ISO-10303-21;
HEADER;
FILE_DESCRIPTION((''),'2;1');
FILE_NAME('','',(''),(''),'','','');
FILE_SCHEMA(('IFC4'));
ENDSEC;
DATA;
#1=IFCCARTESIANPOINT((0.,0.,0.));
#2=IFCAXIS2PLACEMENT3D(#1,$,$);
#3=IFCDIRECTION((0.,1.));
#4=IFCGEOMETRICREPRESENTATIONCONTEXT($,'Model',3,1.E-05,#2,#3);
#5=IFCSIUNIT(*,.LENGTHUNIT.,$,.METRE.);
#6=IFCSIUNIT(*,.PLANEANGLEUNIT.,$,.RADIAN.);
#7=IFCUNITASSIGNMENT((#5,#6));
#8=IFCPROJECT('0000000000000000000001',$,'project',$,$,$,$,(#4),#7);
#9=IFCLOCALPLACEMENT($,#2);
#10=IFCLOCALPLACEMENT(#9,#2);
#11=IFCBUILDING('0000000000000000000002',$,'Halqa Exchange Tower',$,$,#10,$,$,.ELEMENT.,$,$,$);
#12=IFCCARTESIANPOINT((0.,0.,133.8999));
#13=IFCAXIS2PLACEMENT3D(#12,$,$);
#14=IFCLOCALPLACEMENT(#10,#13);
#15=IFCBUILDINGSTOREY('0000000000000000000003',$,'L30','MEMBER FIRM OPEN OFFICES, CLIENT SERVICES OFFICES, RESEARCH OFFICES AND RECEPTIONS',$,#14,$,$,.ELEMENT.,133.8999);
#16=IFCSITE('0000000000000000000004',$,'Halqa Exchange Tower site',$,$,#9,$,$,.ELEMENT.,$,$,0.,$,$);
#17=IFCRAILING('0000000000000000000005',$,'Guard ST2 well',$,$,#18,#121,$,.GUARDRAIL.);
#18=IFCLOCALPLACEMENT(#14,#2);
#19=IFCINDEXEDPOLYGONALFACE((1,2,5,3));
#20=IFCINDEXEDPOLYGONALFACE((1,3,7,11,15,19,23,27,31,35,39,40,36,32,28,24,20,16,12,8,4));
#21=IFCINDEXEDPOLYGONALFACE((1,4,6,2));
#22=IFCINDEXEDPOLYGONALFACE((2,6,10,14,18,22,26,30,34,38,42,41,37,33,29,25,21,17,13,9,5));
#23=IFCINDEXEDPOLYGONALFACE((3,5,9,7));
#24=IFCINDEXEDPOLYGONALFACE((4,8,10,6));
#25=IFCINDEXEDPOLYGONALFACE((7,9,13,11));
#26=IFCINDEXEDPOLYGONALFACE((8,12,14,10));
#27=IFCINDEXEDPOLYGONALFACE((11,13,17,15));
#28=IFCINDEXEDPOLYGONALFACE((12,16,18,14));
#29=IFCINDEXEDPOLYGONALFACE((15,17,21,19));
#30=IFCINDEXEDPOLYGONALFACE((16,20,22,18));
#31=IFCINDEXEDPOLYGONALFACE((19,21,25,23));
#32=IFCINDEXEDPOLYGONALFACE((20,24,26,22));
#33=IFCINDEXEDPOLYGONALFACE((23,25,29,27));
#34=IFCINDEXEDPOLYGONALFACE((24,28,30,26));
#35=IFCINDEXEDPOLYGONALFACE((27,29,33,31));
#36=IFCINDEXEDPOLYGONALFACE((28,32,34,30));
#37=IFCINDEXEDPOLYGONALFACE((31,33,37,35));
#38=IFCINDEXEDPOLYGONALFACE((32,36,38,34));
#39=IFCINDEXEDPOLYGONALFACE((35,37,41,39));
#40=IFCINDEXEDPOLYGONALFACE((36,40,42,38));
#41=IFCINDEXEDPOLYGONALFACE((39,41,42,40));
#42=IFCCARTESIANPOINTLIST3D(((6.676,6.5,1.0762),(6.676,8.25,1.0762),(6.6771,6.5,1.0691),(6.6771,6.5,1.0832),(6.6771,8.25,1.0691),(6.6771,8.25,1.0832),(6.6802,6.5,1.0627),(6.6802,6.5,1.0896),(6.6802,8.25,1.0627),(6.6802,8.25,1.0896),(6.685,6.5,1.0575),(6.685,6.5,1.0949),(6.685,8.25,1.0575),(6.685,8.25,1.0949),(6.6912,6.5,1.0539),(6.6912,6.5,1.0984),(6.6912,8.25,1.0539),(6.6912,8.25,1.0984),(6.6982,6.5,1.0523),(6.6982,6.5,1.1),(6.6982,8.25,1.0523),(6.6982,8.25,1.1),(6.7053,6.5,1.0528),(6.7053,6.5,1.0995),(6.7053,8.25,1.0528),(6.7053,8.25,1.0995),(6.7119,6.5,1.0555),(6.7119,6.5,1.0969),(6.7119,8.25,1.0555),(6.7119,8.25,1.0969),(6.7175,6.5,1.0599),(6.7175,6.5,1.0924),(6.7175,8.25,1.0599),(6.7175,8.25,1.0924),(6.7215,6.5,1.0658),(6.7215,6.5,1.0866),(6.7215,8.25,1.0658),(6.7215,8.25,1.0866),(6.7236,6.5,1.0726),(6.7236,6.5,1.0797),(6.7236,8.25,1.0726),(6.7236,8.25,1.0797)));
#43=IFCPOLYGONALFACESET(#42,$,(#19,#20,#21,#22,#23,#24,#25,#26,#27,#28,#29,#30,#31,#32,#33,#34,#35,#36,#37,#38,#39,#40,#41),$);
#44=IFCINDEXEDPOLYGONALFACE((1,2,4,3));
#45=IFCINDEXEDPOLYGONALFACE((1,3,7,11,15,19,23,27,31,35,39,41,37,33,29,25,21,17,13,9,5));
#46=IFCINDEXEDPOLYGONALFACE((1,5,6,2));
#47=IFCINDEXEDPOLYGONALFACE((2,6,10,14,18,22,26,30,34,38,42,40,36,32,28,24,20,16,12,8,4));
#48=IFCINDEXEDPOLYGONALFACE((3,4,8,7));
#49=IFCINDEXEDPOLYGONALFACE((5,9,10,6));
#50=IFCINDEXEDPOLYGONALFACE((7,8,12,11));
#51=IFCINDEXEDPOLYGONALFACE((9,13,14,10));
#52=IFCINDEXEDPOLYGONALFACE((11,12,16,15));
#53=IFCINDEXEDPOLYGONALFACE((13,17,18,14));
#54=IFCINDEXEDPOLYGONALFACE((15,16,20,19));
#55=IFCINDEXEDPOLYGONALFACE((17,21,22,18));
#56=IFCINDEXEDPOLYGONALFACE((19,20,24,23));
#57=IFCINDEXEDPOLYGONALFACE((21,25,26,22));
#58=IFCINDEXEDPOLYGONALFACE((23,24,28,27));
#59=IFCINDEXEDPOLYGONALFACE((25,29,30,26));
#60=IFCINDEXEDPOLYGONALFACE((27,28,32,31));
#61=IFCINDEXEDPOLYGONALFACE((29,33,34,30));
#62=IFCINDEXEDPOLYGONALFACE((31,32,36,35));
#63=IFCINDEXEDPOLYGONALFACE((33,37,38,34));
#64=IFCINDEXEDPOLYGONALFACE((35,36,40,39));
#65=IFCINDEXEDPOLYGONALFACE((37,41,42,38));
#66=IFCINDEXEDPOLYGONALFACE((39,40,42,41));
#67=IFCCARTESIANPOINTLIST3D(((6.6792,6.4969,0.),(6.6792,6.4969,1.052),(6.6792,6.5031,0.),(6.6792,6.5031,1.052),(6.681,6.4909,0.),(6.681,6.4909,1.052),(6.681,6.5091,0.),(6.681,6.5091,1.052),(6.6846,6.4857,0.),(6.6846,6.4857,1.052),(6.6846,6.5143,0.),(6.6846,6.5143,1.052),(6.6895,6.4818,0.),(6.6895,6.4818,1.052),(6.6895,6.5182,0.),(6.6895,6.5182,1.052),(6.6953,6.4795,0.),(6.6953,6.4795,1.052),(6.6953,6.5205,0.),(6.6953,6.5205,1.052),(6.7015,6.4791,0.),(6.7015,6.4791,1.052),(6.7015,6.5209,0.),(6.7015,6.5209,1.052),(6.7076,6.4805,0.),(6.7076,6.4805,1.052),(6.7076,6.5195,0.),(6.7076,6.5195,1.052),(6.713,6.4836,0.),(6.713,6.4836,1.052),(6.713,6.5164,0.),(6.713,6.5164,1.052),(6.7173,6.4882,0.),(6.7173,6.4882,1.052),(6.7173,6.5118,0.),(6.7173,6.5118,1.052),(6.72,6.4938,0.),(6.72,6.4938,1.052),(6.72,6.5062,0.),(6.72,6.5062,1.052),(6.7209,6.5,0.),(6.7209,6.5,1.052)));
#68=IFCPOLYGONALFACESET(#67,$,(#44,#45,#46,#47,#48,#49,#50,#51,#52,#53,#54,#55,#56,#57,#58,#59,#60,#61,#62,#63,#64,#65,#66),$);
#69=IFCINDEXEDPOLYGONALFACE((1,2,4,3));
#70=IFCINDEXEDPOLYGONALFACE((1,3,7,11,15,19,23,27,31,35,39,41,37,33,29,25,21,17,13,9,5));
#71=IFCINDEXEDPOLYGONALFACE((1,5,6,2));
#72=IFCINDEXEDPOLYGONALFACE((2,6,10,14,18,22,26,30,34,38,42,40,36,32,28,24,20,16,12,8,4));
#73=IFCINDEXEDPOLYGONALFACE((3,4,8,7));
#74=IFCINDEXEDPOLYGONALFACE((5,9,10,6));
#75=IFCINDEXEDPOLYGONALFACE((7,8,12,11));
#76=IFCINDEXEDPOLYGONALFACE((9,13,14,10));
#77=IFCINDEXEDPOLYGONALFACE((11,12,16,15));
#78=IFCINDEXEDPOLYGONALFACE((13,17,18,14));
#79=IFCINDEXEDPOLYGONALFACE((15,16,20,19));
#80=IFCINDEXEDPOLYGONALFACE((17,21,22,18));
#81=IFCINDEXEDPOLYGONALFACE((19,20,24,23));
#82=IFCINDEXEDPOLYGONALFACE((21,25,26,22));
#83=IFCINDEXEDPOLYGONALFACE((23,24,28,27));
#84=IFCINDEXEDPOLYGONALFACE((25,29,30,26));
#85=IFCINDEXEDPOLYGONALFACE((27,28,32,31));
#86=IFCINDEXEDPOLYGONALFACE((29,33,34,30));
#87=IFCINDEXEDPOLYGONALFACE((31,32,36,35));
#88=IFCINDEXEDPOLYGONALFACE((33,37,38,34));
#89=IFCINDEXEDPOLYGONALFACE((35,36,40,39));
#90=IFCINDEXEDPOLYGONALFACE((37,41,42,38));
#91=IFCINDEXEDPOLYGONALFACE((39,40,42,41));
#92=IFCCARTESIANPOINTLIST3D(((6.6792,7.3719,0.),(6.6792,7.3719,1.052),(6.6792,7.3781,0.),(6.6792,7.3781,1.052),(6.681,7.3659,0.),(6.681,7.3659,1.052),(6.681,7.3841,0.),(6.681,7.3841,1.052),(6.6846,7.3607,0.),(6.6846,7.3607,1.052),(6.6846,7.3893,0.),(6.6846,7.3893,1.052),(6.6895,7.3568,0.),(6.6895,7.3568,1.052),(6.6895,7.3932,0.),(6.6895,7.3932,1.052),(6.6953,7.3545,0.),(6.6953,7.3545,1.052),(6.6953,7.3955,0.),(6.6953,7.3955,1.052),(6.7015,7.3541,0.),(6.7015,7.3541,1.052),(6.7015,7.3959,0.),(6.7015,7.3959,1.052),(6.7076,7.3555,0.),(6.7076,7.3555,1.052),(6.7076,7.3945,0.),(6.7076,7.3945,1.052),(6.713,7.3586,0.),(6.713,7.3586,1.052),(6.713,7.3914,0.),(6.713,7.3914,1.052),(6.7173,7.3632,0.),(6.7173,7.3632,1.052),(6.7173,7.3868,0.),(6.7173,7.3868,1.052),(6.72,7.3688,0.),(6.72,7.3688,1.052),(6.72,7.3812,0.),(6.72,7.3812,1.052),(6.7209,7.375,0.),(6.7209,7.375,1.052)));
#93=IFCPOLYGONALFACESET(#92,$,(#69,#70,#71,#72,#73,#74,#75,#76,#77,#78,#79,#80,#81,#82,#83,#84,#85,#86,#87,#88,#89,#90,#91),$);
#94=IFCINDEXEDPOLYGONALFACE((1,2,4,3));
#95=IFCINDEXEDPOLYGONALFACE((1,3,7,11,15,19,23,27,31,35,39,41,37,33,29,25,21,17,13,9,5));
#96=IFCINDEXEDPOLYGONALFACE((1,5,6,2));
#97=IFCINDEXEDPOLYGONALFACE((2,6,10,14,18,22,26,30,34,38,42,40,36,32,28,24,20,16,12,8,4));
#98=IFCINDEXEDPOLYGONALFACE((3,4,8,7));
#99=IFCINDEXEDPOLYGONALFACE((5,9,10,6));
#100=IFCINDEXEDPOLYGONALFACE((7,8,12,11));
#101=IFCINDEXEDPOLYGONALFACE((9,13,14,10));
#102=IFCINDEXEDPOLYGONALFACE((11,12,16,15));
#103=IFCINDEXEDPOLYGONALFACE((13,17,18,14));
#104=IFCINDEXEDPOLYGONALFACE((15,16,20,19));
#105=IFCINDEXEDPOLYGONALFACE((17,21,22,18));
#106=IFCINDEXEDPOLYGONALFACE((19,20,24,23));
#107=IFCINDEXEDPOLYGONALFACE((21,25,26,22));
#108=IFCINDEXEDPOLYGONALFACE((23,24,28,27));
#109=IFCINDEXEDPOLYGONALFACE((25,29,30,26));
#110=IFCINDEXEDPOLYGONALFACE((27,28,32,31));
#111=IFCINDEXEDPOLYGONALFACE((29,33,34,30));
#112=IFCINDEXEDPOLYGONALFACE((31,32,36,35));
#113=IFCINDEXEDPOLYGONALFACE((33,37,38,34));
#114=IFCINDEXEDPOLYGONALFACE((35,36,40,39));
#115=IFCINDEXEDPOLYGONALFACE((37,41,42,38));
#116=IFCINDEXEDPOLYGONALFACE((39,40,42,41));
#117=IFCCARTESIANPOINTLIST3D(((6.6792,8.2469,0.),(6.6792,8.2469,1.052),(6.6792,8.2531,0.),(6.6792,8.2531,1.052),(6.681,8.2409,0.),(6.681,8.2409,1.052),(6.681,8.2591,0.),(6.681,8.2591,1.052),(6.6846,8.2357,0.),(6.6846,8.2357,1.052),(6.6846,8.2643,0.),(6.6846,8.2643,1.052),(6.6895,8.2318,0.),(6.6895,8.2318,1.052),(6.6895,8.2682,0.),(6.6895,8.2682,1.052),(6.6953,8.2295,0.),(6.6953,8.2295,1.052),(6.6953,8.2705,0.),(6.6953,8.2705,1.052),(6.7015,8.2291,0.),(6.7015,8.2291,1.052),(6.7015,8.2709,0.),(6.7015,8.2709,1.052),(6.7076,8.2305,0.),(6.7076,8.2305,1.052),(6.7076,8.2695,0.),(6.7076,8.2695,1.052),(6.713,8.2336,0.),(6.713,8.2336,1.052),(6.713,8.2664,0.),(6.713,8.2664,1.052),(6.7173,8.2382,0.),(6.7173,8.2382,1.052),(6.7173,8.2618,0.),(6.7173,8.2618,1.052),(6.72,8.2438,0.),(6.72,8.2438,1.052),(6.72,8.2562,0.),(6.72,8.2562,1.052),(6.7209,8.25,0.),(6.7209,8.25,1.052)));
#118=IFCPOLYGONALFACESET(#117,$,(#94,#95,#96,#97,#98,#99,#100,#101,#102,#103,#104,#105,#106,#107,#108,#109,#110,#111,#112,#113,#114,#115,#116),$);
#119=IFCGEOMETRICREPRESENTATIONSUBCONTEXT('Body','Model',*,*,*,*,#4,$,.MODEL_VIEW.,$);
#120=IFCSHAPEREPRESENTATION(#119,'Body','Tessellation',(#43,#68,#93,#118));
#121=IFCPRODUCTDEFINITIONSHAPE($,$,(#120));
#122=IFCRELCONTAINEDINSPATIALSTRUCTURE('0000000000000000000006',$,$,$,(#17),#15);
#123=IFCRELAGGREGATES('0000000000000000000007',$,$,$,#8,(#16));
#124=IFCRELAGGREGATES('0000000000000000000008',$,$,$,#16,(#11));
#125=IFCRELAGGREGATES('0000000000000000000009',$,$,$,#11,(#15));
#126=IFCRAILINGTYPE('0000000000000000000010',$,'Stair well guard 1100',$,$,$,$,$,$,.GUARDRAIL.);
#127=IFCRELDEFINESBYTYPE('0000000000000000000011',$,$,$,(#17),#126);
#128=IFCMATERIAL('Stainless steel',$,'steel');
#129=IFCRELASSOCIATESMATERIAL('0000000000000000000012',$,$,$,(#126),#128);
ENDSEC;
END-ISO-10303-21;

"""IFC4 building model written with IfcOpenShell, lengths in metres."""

from ifc_helpers import new_model, si_unit, direction, frame, origin, origin_2d, place, context, subcontext, project, spatial, circle, extrude, material, type_object, element, save


model = new_model("IFC4")

# Units and contexts
model_context = context("Model", 3, precision=1e-05, world=origin(), true_north=direction((0.0, 1.0)))
body_context = subcontext(model_context, "Body", "Model", "MODEL_VIEW")
ifc_project = project(units=[si_unit("LENGTHUNIT", "METRE"), si_unit("PLANEANGLEUNIT", "RADIAN")], contexts=[model_context])

# Site, building, storey
site_placement = place(None, origin())
site = spatial("IfcSite", under=ifc_project, at=site_placement, Name="Halqa Exchange Tower site", CompositionType="ELEMENT", RefElevation=0.0)
building_placement = place(site_placement, origin())
building = spatial("IfcBuilding", under=site, at=building_placement, Name="Halqa Exchange Tower", CompositionType="ELEMENT")
storey_placement = place(building_placement, frame((0.0, 0.0, 133.8999)))
storey = spatial("IfcBuildingStorey", under=building, at=storey_placement, Name="L30", Description="MEMBER FIRM OPEN OFFICES, CLIENT SERVICES OFFICES, RESEARCH OFFICES AND RECEPTIONS", CompositionType="ELEMENT", Elevation=133.8999)

# Railing
ifc_material_1 = material(Name="Stainless steel", Category="steel")
railing_type_1 = type_object("IfcRailingType", Name="Stair well guard 1100", PredefinedType="GUARDRAIL", material=ifc_material_1)
railing_1_placement = place(storey_placement, frame((6.7, 6.5, 0.0)))
element("IfcRailing", 1, at=railing_1_placement, inside=storey, type_object=railing_type_1, Name="Guard ST2 well", PredefinedType="GUARDRAIL", context=body_context, shape_type="SweptSolid", body=[
    extrude(circle(Radius=0.0239, at=origin_2d()), frame((0.0, 0.0, 1.0762), z_axis=(0.0, 1.0, 0.0), x_axis=(-1.0, 0.0, 0.0)), (0.0, 0.0, 1.0), 1.75),
    extrude(circle(Radius=0.021, at=origin_2d()), origin(), (0.0, 0.0, 1.0), 1.052),
    extrude(circle(Radius=0.021, at=origin_2d()), frame((0.0, 0.875, 0.0)), (0.0, 0.0, 1.0), 1.052),
    extrude(circle(Radius=0.021, at=origin_2d()), frame((0.0, 1.75, 0.0)), (0.0, 0.0, 1.0), 1.052),
])

save(model, "model.ifc")
